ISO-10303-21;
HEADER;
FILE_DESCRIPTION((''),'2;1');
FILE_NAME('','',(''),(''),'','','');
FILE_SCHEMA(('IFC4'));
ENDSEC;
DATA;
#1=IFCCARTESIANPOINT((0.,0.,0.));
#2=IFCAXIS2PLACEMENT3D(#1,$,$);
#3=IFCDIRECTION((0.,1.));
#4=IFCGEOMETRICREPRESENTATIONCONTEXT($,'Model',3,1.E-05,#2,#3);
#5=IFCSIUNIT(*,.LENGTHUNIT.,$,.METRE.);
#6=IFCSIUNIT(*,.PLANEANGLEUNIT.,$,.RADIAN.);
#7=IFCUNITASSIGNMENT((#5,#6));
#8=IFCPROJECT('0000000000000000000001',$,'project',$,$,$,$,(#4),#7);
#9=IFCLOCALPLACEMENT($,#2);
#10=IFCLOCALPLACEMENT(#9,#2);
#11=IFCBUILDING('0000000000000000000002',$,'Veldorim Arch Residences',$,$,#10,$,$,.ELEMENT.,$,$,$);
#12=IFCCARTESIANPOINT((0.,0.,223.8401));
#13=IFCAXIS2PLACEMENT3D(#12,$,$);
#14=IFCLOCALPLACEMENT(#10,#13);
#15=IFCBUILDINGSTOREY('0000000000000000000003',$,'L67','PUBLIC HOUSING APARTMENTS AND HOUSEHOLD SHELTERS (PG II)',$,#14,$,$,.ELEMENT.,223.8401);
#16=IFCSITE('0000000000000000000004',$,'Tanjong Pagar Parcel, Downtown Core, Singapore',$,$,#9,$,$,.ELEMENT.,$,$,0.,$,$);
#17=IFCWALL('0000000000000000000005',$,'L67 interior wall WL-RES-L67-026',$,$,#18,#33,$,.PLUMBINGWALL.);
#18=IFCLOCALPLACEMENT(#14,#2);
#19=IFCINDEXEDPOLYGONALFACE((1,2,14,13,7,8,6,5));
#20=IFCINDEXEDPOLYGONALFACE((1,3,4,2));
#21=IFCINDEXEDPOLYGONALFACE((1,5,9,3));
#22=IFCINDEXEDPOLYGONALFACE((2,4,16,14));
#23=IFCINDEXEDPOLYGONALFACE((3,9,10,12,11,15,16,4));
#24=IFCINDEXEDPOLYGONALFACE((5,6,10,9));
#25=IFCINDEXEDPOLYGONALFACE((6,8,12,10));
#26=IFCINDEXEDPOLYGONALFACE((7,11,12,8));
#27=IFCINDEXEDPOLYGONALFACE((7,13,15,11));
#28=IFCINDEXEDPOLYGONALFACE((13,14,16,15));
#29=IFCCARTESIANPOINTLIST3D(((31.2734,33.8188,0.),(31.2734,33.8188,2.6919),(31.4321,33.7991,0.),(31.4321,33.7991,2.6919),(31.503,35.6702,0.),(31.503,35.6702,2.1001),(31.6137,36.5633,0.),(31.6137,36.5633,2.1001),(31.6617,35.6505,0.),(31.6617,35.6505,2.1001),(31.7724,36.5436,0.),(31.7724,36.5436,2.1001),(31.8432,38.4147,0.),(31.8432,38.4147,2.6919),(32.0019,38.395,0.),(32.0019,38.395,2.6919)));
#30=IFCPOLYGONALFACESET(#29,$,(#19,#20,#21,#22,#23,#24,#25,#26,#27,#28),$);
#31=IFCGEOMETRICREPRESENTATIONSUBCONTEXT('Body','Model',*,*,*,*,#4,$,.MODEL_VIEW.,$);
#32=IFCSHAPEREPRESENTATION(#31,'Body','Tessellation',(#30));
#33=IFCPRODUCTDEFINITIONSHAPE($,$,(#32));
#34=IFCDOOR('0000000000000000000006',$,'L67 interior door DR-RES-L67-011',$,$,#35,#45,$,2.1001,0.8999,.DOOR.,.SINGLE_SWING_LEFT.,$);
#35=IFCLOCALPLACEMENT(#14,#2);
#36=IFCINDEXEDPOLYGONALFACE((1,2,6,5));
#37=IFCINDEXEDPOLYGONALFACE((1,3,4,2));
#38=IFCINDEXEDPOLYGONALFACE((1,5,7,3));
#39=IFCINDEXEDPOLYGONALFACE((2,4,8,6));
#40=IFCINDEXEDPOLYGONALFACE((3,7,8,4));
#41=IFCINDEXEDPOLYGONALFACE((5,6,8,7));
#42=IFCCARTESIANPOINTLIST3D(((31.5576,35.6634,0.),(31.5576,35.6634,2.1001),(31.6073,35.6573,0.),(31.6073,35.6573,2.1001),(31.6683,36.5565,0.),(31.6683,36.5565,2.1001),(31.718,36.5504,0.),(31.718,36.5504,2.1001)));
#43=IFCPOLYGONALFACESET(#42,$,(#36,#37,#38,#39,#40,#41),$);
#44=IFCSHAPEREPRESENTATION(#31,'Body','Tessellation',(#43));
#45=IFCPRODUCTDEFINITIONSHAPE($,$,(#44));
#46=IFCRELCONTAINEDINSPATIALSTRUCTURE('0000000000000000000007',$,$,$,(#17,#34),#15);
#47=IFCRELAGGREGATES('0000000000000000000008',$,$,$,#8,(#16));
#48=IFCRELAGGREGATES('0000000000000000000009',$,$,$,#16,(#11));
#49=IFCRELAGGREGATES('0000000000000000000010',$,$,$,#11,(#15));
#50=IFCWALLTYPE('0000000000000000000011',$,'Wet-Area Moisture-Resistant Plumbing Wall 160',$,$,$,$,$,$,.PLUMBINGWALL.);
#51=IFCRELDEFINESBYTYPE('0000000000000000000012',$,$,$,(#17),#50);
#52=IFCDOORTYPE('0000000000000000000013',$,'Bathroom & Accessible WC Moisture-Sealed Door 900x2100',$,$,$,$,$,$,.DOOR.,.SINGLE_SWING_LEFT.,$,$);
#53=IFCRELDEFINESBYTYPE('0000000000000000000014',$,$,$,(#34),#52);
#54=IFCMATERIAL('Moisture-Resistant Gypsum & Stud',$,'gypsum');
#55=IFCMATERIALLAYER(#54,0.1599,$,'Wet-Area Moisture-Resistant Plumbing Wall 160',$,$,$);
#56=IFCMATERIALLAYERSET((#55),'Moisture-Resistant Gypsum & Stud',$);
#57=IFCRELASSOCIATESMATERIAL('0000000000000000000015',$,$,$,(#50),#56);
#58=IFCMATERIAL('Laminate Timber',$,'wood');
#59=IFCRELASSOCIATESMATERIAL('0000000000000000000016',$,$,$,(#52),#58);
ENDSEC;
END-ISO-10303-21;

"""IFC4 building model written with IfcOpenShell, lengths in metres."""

from ifc_helpers import new_model, si_unit, direction, frame, frame_2d, origin, place, context, subcontext, project, spatial, rectangle, extrude, material, layer, layer_set, type_object, element, fill, save


model = new_model("IFC4")

# Units and contexts
model_context = context("Model", 3, precision=1e-05, world=origin(), true_north=direction((0.0, 1.0)))
body_context = subcontext(model_context, "Body", "Model", "MODEL_VIEW")
ifc_project = project(units=[si_unit("LENGTHUNIT", "METRE"), si_unit("PLANEANGLEUNIT", "RADIAN")], contexts=[model_context])

# Site, building, storey
site_placement = place(None, origin())
site = spatial("IfcSite", under=ifc_project, at=site_placement, Name="Tanjong Pagar Parcel, Downtown Core, Singapore", CompositionType="ELEMENT", RefElevation=0.0)
building_placement = place(site_placement, origin())
building = spatial("IfcBuilding", under=site, at=building_placement, Name="Veldorim Arch Residences", CompositionType="ELEMENT")
storey_placement = place(building_placement, frame((0.0, 0.0, 223.8401)))
storey = spatial("IfcBuildingStorey", under=building, at=storey_placement, Name="L67", Description="PUBLIC HOUSING APARTMENTS AND HOUSEHOLD SHELTERS (PG II)", CompositionType="ELEMENT", Elevation=223.8401)

# Shared definitions
ifc_material_1 = material(Name="Moisture-Resistant Gypsum & Stud", Category="gypsum")
ifc_layer_1 = layer(ifc_material_1, 0.1599, Name="Wet-Area Moisture-Resistant Plumbing Wall 160")
ifc_layer_set_1 = layer_set([ifc_layer_1], Name="Moisture-Resistant Gypsum & Stud")
wall_type_1 = type_object("IfcWallType", Name="Wet-Area Moisture-Resistant Plumbing Wall 160", PredefinedType="PLUMBINGWALL", material=ifc_layer_set_1)

# Wall, opening, door
wall_1_placement = place(storey_placement, frame((31.3528, 33.8091, 0.0), z_axis=(0.0, 0.0, 1.0), x_axis=(0.123042, 0.992401, 0.0)))
wall_1 = element("IfcWall", 1, at=wall_1_placement, inside=storey, type_object=wall_type_1, Name="L67 interior wall WL-RES-L67-026", PredefinedType="PLUMBINGWALL", context=body_context, shape_type="SweptSolid", body=[
    extrude(rectangle(XDim=4.6311, YDim=0.1599, at=frame_2d((2.3154, 0.0))), origin(), (0.0, 0.0, 1.0), 2.6919),
])
opening_1_placement = place(wall_1_placement, frame((1.8655, 0.0, 0.0)))
opening_1 = element("IfcOpeningElement", 2, at=opening_1_placement, cuts=wall_1, PredefinedType="OPENING", context=body_context, shape_type="SweptSolid", body=[
    extrude(rectangle(XDim=0.8999, YDim=2.1001, at=frame_2d((0.45, 1.05))), frame((0.0, 0.0898, 0.0), z_axis=(0.0, -1.0, 0.0), x_axis=(1.0, 0.0, 0.0)), (0.0, 0.0, 1.0), 0.1799),
])
ifc_material_2 = material(Name="Laminate Timber", Category="wood")
door_type_1 = type_object("IfcDoorType", Name="Bathroom & Accessible WC Moisture-Sealed Door 900x2100", OperationType="SINGLE_SWING_LEFT", PredefinedType="DOOR", material=ifc_material_2)
door_1_placement = place(opening_1_placement, origin())
door_1 = element("IfcDoor", 3, at=door_1_placement, inside=storey, type_object=door_type_1, Name="L67 interior door DR-RES-L67-011", OperationType="SINGLE_SWING_LEFT", OverallHeight=2.1001, OverallWidth=0.8999, PredefinedType="DOOR", context=body_context, shape_type="SweptSolid", body=[
    extrude(rectangle(XDim=0.8999, YDim=2.1001, at=frame_2d((0.45, 1.05))), frame((0.0, 0.0249, 0.0), z_axis=(0.0, -1.0, 0.0), x_axis=(1.0, 0.0, 0.0)), (0.0, 0.0, 1.0), 0.05),
])
fill(opening_1, door_1)

save(model, "model.ifc")
